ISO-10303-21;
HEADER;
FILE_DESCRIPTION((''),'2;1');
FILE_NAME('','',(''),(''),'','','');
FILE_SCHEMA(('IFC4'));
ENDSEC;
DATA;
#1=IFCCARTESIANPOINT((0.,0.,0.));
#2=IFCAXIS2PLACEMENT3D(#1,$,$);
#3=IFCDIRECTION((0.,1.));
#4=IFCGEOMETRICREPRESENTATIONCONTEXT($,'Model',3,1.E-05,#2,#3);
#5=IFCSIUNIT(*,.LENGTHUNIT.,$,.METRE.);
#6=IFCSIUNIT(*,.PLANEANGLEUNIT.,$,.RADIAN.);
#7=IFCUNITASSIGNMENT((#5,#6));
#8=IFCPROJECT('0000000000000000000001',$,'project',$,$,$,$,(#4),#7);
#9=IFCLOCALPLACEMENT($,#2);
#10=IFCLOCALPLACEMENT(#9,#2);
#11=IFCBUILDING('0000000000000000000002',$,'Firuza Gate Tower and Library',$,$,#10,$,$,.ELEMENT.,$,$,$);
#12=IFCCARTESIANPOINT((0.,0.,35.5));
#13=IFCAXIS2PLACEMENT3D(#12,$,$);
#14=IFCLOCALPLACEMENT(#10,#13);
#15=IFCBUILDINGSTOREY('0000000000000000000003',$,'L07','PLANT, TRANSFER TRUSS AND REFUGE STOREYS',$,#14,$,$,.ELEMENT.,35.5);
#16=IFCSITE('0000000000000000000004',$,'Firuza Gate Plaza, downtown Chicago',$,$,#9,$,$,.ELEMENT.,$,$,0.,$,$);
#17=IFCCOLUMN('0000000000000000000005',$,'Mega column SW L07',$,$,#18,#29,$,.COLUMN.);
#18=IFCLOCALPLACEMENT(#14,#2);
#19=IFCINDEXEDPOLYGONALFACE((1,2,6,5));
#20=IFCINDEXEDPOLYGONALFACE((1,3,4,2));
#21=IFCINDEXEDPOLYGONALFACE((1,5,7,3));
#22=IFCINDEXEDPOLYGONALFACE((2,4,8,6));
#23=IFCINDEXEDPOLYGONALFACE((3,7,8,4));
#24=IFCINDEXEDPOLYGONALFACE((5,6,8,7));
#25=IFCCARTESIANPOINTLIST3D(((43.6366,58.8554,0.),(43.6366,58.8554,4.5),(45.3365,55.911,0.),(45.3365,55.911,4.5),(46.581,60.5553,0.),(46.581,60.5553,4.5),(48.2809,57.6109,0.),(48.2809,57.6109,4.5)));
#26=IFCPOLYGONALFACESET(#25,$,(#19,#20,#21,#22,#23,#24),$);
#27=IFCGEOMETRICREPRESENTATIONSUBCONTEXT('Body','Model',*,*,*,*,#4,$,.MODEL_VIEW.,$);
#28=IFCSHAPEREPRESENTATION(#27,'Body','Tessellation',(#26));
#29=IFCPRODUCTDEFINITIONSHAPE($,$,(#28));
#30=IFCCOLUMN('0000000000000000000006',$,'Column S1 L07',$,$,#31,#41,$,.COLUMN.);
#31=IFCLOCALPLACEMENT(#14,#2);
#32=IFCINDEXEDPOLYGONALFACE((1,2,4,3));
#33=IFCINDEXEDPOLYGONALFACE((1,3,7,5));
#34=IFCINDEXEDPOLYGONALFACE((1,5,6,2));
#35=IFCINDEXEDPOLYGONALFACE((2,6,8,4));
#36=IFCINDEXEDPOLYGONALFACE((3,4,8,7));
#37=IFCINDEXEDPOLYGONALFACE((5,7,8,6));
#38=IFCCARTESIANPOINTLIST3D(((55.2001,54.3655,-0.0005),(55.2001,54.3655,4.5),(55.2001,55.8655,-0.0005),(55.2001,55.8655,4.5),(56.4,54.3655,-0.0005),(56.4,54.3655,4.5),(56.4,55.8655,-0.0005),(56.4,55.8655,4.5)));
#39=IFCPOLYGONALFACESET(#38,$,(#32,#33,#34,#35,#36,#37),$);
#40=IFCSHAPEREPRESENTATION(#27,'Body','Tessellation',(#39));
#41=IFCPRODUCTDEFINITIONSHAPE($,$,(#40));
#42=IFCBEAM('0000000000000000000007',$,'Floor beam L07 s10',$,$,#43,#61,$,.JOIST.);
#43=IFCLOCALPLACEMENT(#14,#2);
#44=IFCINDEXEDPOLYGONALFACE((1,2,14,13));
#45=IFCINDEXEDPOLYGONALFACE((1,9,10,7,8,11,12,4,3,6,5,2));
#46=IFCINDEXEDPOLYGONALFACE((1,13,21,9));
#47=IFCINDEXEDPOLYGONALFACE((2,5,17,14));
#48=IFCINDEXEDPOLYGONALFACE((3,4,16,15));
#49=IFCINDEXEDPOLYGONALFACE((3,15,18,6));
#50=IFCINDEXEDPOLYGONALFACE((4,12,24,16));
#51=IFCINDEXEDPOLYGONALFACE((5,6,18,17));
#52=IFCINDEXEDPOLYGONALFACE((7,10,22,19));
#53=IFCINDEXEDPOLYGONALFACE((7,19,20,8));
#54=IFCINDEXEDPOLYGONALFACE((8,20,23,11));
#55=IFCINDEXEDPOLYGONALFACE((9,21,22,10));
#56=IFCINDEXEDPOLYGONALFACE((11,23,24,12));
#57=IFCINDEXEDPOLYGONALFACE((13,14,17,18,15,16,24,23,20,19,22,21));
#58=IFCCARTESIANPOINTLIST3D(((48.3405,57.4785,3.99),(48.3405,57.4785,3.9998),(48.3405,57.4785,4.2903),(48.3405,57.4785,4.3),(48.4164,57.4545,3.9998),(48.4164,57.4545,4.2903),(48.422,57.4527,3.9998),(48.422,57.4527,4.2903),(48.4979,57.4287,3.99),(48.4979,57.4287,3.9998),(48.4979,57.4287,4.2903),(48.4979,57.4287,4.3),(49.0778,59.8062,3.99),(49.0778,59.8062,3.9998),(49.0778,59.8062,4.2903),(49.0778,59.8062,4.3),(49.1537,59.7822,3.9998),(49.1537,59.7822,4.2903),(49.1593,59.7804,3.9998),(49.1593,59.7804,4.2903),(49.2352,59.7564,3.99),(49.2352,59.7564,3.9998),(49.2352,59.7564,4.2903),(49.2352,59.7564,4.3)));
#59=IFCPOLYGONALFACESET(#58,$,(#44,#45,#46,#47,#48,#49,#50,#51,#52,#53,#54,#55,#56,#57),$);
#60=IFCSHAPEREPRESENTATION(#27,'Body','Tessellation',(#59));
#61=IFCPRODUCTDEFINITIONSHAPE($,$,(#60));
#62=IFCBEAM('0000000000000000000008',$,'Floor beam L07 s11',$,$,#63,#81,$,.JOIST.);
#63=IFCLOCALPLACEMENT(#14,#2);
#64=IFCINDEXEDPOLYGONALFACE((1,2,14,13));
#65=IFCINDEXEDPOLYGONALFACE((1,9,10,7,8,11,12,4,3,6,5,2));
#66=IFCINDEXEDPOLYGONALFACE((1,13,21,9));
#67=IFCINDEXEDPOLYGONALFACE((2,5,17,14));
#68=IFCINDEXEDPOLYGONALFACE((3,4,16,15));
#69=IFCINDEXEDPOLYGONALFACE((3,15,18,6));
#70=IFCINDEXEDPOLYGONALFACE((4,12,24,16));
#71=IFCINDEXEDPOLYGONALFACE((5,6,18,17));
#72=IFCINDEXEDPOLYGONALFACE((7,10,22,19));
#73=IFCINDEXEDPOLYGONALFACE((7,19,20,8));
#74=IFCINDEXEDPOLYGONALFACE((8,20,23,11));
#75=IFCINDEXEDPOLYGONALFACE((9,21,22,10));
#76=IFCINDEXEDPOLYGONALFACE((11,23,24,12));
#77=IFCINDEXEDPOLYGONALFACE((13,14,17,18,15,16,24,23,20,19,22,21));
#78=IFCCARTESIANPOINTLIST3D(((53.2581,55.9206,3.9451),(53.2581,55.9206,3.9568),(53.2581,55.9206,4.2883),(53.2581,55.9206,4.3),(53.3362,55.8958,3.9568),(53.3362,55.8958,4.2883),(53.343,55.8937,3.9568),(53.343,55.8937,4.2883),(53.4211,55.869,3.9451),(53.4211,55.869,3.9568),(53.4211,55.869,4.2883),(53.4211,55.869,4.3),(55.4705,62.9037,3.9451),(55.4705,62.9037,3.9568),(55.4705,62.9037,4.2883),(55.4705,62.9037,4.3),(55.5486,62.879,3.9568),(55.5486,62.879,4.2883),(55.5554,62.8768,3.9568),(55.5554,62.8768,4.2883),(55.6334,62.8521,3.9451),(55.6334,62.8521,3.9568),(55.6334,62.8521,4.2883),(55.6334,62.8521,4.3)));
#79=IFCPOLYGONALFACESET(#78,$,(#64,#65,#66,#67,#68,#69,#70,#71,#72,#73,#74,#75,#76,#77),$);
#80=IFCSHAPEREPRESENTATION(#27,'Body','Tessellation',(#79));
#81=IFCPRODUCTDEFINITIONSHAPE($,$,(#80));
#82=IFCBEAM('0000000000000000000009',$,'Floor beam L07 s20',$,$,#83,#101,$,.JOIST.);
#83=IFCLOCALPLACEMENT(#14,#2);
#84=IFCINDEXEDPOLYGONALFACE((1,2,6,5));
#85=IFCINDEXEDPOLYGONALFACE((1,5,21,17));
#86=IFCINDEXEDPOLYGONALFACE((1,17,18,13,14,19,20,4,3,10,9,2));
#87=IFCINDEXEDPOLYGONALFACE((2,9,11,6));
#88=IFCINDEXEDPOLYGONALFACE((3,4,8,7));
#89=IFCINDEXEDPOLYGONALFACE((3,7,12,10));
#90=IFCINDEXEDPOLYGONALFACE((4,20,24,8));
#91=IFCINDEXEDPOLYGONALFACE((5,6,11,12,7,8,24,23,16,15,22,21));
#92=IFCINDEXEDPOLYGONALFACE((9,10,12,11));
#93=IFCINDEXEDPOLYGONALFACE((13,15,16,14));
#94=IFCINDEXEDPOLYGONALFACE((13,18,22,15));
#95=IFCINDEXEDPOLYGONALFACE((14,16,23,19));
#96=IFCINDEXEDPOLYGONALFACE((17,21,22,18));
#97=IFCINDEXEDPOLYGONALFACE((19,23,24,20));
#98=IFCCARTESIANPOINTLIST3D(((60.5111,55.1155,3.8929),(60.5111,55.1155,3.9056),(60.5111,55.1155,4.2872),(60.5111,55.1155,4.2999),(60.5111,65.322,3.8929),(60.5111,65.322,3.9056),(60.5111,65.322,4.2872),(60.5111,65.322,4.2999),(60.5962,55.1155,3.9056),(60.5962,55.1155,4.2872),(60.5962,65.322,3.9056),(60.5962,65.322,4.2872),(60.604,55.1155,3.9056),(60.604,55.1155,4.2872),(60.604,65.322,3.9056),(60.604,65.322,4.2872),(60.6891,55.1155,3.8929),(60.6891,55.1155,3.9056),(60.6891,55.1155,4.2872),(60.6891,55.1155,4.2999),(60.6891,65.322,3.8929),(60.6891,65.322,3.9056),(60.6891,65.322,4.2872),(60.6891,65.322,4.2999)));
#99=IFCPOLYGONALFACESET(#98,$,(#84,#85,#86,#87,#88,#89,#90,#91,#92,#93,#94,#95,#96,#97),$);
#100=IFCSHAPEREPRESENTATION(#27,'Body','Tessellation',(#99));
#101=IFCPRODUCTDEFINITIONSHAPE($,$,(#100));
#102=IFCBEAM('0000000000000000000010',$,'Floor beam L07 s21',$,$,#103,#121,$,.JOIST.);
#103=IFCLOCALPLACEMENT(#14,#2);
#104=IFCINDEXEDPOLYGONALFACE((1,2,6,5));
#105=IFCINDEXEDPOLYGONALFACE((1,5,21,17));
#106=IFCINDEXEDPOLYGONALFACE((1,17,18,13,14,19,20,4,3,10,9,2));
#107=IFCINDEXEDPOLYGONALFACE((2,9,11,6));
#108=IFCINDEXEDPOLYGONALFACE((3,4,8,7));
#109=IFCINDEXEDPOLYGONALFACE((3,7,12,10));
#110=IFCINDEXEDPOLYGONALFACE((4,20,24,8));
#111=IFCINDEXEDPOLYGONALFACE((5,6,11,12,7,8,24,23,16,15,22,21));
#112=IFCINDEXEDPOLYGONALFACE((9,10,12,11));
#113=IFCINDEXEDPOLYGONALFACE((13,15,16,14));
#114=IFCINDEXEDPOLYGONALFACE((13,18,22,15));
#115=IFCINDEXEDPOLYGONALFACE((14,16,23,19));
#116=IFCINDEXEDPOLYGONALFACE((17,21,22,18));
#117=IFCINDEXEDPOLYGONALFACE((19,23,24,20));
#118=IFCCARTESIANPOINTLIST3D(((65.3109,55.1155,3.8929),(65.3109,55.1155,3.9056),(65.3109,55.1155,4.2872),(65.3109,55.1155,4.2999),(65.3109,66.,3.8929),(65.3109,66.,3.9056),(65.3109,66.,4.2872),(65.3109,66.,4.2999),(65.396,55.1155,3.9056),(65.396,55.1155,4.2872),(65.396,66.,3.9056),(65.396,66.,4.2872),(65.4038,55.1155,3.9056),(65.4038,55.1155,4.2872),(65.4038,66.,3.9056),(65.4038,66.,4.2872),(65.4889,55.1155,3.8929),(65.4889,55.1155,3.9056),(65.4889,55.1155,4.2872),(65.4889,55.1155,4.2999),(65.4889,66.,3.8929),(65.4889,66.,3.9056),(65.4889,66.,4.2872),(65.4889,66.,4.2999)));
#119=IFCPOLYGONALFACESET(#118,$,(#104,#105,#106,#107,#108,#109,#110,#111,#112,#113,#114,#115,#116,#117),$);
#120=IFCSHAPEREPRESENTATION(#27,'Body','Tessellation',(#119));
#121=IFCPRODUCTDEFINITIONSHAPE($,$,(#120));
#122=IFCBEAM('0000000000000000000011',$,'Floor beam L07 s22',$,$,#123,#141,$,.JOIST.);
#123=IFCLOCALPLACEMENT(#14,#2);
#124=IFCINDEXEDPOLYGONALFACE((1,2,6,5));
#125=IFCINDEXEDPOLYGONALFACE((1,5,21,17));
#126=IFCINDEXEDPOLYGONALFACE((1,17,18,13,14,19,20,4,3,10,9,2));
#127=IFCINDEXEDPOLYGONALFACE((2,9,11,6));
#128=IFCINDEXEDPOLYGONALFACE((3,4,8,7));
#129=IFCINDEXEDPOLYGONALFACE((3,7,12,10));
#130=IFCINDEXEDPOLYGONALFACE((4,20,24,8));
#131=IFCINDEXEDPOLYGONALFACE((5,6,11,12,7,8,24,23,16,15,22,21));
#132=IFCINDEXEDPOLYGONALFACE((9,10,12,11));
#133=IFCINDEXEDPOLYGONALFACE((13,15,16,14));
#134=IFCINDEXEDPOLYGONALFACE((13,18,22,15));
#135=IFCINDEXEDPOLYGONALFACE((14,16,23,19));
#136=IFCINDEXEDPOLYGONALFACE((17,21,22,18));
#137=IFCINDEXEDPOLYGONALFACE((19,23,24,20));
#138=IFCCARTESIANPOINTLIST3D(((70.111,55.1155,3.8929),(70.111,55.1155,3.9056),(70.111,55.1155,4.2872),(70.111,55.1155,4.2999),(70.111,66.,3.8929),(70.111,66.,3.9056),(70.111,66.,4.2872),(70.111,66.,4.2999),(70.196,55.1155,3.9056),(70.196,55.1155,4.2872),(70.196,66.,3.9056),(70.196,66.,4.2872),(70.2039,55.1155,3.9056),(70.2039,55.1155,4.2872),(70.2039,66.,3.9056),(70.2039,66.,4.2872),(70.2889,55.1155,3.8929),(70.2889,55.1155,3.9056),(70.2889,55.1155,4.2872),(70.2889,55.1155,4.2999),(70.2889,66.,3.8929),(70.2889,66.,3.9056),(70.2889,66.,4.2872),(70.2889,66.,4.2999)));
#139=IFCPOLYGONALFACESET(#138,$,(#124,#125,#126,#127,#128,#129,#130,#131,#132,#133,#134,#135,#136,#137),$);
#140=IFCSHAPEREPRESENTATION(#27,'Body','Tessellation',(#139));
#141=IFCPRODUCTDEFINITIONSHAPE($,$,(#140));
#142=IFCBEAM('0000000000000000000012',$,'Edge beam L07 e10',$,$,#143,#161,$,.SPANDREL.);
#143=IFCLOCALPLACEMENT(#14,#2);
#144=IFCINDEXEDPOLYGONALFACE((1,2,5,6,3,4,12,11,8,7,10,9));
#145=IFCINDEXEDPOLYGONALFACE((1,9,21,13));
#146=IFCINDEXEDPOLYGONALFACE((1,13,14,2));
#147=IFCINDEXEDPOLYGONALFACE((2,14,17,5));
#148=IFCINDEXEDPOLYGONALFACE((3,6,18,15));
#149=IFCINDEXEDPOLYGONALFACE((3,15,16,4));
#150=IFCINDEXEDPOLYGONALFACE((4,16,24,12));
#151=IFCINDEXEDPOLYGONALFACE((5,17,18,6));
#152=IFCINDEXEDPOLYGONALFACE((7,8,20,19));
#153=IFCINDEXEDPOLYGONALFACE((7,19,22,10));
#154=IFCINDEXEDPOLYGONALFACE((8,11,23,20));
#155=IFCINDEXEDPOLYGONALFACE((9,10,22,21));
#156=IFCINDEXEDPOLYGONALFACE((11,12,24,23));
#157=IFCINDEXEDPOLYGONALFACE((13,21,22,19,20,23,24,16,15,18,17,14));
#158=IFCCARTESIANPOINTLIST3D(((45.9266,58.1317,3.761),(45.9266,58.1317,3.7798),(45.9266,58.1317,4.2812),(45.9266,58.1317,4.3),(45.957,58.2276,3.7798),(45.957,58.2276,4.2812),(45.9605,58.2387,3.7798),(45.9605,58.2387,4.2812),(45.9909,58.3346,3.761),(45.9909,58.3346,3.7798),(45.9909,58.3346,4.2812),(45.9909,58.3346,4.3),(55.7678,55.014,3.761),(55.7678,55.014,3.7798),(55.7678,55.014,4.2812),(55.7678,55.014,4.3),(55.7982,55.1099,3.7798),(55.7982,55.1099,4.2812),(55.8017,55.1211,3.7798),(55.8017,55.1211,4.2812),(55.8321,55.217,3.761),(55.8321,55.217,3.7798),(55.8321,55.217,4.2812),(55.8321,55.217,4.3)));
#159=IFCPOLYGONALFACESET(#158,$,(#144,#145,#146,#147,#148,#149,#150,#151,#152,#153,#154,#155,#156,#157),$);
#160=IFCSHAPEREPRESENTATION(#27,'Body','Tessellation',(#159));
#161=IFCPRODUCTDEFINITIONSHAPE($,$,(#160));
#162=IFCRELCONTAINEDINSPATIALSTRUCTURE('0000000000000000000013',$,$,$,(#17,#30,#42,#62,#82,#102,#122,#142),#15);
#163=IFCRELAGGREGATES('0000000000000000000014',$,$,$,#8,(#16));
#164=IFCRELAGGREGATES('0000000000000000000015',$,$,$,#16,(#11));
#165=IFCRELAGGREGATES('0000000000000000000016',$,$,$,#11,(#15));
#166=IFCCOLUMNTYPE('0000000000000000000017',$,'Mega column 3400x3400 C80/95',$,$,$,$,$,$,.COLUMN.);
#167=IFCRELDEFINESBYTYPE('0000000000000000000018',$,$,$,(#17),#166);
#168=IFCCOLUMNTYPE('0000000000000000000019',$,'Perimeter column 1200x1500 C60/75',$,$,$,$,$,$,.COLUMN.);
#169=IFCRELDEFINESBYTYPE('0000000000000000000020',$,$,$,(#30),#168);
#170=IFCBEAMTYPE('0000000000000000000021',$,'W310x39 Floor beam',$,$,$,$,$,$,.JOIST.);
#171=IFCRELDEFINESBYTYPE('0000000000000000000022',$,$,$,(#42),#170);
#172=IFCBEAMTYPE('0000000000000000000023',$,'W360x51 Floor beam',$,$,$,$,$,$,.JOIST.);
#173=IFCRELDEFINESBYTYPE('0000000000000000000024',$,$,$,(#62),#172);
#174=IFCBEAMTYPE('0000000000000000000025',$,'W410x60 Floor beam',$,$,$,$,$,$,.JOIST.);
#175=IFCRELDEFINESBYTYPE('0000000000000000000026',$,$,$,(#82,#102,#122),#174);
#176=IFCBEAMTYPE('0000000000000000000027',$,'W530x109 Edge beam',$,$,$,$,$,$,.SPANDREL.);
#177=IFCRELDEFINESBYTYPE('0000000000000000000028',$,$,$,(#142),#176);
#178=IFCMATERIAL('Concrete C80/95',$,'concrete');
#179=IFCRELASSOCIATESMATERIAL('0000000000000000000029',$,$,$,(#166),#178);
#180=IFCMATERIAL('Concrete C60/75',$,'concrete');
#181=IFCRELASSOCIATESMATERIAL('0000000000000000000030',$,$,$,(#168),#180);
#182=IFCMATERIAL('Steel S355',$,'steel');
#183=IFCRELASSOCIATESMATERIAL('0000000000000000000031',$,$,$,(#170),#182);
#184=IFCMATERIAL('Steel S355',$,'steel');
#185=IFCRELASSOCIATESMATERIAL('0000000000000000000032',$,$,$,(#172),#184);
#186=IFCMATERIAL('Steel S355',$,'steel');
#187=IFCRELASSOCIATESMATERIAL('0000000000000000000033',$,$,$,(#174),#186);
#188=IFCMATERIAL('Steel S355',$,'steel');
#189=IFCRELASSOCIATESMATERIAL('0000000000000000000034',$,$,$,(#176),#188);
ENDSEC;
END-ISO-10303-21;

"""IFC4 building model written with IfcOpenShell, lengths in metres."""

from ifc_helpers import new_model, si_unit, direction, frame, origin, origin_2d, place, context, subcontext, project, spatial, rectangle, i_section, extrude, material, material_profile, profile_set, type_object, element, save


model = new_model("IFC4")

# Units and contexts
model_context = context("Model", 3, precision=1e-05, world=origin(), true_north=direction((0.0, 1.0)))
body_context = subcontext(model_context, "Body", "Model", "MODEL_VIEW")
ifc_project = project(units=[si_unit("LENGTHUNIT", "METRE"), si_unit("PLANEANGLEUNIT", "RADIAN")], contexts=[model_context])

# Site, building, storey
site_placement = place(None, origin())
site = spatial("IfcSite", under=ifc_project, at=site_placement, Name="Firuza Gate Plaza, downtown Chicago", CompositionType="ELEMENT", RefElevation=0.0)
building_placement = place(site_placement, origin())
building = spatial("IfcBuilding", under=site, at=building_placement, Name="Firuza Gate Tower and Library", CompositionType="ELEMENT")
storey_placement = place(building_placement, frame((0.0, 0.0, 35.5)))
storey = spatial("IfcBuildingStorey", under=building, at=storey_placement, Name="L07", Description="PLANT, TRANSFER TRUSS AND REFUGE STOREYS", CompositionType="ELEMENT", Elevation=35.5)

# Columns
ifc_material_1 = material(Name="Concrete C80/95", Category="concrete")
ifc_material_profile_1 = material_profile(ifc_material_1, rectangle(XDim=3.3999, YDim=3.3999, at=origin_2d()))
ifc_profile_set_1 = profile_set([ifc_material_profile_1], Name="Concrete C80/95")
column_type_1 = type_object("IfcColumnType", Name="Mega column 3400x3400 C80/95", PredefinedType="COLUMN", material=ifc_profile_set_1)
column_1_placement = place(storey_placement, frame((45.9587, 58.2332, 0.0), z_axis=(0.0, 0.0, 1.0), x_axis=(0.5, -0.866025, 0.0)))
element("IfcColumn", 1, at=column_1_placement, inside=storey, type_object=column_type_1, Name="Mega column SW L07", PredefinedType="COLUMN", context=body_context, shape_type="SweptSolid", body=[
    extrude(rectangle(XDim=3.3999, YDim=3.3999, at=origin_2d()), origin(), (0.0, 0.0, 1.0), 4.5),
])
ifc_material_2 = material(Name="Concrete C60/75", Category="concrete")
ifc_material_profile_2 = material_profile(ifc_material_2, rectangle(XDim=1.2, YDim=1.5, at=origin_2d()))
ifc_profile_set_2 = profile_set([ifc_material_profile_2], Name="Concrete C60/75")
column_type_2 = type_object("IfcColumnType", Name="Perimeter column 1200x1500 C60/75", PredefinedType="COLUMN", material=ifc_profile_set_2)
column_2_placement = place(storey_placement, frame((55.8, 55.1155, -0.0005), z_axis=(0.0, 0.0, 1.0), x_axis=(1.0, 0.0, 0.0)))
element("IfcColumn", 2, at=column_2_placement, inside=storey, type_object=column_type_2, Name="Column S1 L07", PredefinedType="COLUMN", context=body_context, shape_type="SweptSolid", body=[
    extrude(rectangle(XDim=1.2, YDim=1.5, at=origin_2d()), origin(), (0.0, 0.0, 1.0), 4.5005),
])

# Beams
ifc_material_3 = material(Name="Steel S355", Category="steel")
ifc_material_profile_3 = material_profile(ifc_material_3, i_section(OverallWidth=0.165, OverallDepth=0.3101, WebThickness=0.0059, FlangeThickness=0.0098, at=origin_2d()))
ifc_profile_set_3 = profile_set([ifc_material_profile_3], Name="Steel S355")
beam_type_1 = type_object("IfcBeamType", Name="W310x39 Floor beam", PredefinedType="JOIST", material=ifc_profile_set_3)
beam_1_placement = place(storey_placement, frame((48.4192, 57.4536, 4.145), z_axis=(0.301973, 0.953316, 0.0), x_axis=(-0.953316, 0.301973, 0.0)))
element("IfcBeam", 3, at=beam_1_placement, inside=storey, type_object=beam_type_1, Name="Floor beam L07 s10", PredefinedType="JOIST", context=body_context, shape_type="SweptSolid", body=[
    extrude(i_section(OverallWidth=0.165, OverallDepth=0.3101, WebThickness=0.0059, FlangeThickness=0.0098, at=origin_2d()), origin(), (0.0, 0.0, 1.0), 2.4417),
])
ifc_material_4 = material(Name="Steel S355", Category="steel")
ifc_material_profile_4 = material_profile(ifc_material_4, i_section(OverallWidth=0.1709, OverallDepth=0.355, WebThickness=0.0071, FlangeThickness=0.0117, at=origin_2d()))
ifc_profile_set_4 = profile_set([ifc_material_profile_4], Name="Steel S355")
beam_type_2 = type_object("IfcBeamType", Name="W360x51 Floor beam", PredefinedType="JOIST", material=ifc_profile_set_4)
beam_2_placement = place(storey_placement, frame((53.3396, 55.8948, 4.1226), z_axis=(0.302024, 0.9533, 0.0), x_axis=(-0.9533, 0.302024, 0.0)))
element("IfcBeam", 4, at=beam_2_placement, inside=storey, type_object=beam_type_2, Name="Floor beam L07 s11", PredefinedType="JOIST", context=body_context, shape_type="SweptSolid", body=[
    extrude(i_section(OverallWidth=0.1709, OverallDepth=0.355, WebThickness=0.0071, FlangeThickness=0.0117, at=origin_2d()), origin(), (0.0, 0.0, 1.0), 7.3252),
])
ifc_material_5 = material(Name="Steel S355", Category="steel")
ifc_material_profile_5 = material_profile(ifc_material_5, i_section(OverallWidth=0.178, OverallDepth=0.407, WebThickness=0.0078, FlangeThickness=0.0127, at=origin_2d()))
ifc_profile_set_5 = profile_set([ifc_material_profile_5], Name="Steel S355")
beam_type_3 = type_object("IfcBeamType", Name="W410x60 Floor beam", PredefinedType="JOIST", material=ifc_profile_set_5)
beam_3_placement = place(storey_placement, frame((60.6001, 55.1155, 4.0964), z_axis=(0.0, 1.0, 0.0), x_axis=(-1.0, 0.0, 0.0)))
element("IfcBeam", 5, at=beam_3_placement, inside=storey, type_object=beam_type_3, Name="Floor beam L07 s20", PredefinedType="JOIST", context=body_context, shape_type="SweptSolid", body=[
    extrude(i_section(OverallWidth=0.178, OverallDepth=0.407, WebThickness=0.0078, FlangeThickness=0.0127, at=origin_2d()), origin(), (0.0, 0.0, 1.0), 10.2065),
])
for number, where, z_axis, x_axis, name in (
    (6, (65.3999, 55.1155, 4.0964), (0.0, 1.0, 0.0), (-1.0, 0.0, 0.0), "Floor beam L07 s21"),
    (7, (70.2, 55.1155, 4.0964), (0.0, 1.0, 0.0), (-1.0, 0.0, 0.0), "Floor beam L07 s22"),
):
    element("IfcBeam", number, at=place(storey_placement, frame(where, z_axis=z_axis, x_axis=x_axis)), inside=storey, type_object=beam_type_3, Name=name, PredefinedType="JOIST", context=body_context, shape_type="SweptSolid", body=[
        extrude(i_section(OverallWidth=0.178, OverallDepth=0.407, WebThickness=0.0078, FlangeThickness=0.0127, at=origin_2d()), origin(), (0.0, 0.0, 1.0), 10.8845),
    ])
ifc_material_6 = material(Name="Steel S355", Category="steel")
ifc_material_profile_6 = material_profile(ifc_material_6, i_section(OverallWidth=0.2129, OverallDepth=0.5391, WebThickness=0.0117, FlangeThickness=0.0188, at=origin_2d()))
ifc_profile_set_6 = profile_set([ifc_material_profile_6], Name="Steel S355")
beam_type_4 = type_object("IfcBeamType", Name="W530x109 Edge beam", PredefinedType="SPANDREL", material=ifc_profile_set_6)
beam_4_placement = place(storey_placement, frame((45.9587, 58.2332, 4.0305), z_axis=(0.953307, -0.302003, 0.0), x_axis=(0.302003, 0.953307, 0.0)))
element("IfcBeam", 8, at=beam_4_placement, inside=storey, type_object=beam_type_4, Name="Edge beam L07 e10", PredefinedType="SPANDREL", context=body_context, shape_type="SweptSolid", body=[
    extrude(i_section(OverallWidth=0.2129, OverallDepth=0.5391, WebThickness=0.0117, FlangeThickness=0.0188, at=origin_2d()), origin(), (0.0, 0.0, 1.0), 10.3232),
])

save(model, "model.ifc")
